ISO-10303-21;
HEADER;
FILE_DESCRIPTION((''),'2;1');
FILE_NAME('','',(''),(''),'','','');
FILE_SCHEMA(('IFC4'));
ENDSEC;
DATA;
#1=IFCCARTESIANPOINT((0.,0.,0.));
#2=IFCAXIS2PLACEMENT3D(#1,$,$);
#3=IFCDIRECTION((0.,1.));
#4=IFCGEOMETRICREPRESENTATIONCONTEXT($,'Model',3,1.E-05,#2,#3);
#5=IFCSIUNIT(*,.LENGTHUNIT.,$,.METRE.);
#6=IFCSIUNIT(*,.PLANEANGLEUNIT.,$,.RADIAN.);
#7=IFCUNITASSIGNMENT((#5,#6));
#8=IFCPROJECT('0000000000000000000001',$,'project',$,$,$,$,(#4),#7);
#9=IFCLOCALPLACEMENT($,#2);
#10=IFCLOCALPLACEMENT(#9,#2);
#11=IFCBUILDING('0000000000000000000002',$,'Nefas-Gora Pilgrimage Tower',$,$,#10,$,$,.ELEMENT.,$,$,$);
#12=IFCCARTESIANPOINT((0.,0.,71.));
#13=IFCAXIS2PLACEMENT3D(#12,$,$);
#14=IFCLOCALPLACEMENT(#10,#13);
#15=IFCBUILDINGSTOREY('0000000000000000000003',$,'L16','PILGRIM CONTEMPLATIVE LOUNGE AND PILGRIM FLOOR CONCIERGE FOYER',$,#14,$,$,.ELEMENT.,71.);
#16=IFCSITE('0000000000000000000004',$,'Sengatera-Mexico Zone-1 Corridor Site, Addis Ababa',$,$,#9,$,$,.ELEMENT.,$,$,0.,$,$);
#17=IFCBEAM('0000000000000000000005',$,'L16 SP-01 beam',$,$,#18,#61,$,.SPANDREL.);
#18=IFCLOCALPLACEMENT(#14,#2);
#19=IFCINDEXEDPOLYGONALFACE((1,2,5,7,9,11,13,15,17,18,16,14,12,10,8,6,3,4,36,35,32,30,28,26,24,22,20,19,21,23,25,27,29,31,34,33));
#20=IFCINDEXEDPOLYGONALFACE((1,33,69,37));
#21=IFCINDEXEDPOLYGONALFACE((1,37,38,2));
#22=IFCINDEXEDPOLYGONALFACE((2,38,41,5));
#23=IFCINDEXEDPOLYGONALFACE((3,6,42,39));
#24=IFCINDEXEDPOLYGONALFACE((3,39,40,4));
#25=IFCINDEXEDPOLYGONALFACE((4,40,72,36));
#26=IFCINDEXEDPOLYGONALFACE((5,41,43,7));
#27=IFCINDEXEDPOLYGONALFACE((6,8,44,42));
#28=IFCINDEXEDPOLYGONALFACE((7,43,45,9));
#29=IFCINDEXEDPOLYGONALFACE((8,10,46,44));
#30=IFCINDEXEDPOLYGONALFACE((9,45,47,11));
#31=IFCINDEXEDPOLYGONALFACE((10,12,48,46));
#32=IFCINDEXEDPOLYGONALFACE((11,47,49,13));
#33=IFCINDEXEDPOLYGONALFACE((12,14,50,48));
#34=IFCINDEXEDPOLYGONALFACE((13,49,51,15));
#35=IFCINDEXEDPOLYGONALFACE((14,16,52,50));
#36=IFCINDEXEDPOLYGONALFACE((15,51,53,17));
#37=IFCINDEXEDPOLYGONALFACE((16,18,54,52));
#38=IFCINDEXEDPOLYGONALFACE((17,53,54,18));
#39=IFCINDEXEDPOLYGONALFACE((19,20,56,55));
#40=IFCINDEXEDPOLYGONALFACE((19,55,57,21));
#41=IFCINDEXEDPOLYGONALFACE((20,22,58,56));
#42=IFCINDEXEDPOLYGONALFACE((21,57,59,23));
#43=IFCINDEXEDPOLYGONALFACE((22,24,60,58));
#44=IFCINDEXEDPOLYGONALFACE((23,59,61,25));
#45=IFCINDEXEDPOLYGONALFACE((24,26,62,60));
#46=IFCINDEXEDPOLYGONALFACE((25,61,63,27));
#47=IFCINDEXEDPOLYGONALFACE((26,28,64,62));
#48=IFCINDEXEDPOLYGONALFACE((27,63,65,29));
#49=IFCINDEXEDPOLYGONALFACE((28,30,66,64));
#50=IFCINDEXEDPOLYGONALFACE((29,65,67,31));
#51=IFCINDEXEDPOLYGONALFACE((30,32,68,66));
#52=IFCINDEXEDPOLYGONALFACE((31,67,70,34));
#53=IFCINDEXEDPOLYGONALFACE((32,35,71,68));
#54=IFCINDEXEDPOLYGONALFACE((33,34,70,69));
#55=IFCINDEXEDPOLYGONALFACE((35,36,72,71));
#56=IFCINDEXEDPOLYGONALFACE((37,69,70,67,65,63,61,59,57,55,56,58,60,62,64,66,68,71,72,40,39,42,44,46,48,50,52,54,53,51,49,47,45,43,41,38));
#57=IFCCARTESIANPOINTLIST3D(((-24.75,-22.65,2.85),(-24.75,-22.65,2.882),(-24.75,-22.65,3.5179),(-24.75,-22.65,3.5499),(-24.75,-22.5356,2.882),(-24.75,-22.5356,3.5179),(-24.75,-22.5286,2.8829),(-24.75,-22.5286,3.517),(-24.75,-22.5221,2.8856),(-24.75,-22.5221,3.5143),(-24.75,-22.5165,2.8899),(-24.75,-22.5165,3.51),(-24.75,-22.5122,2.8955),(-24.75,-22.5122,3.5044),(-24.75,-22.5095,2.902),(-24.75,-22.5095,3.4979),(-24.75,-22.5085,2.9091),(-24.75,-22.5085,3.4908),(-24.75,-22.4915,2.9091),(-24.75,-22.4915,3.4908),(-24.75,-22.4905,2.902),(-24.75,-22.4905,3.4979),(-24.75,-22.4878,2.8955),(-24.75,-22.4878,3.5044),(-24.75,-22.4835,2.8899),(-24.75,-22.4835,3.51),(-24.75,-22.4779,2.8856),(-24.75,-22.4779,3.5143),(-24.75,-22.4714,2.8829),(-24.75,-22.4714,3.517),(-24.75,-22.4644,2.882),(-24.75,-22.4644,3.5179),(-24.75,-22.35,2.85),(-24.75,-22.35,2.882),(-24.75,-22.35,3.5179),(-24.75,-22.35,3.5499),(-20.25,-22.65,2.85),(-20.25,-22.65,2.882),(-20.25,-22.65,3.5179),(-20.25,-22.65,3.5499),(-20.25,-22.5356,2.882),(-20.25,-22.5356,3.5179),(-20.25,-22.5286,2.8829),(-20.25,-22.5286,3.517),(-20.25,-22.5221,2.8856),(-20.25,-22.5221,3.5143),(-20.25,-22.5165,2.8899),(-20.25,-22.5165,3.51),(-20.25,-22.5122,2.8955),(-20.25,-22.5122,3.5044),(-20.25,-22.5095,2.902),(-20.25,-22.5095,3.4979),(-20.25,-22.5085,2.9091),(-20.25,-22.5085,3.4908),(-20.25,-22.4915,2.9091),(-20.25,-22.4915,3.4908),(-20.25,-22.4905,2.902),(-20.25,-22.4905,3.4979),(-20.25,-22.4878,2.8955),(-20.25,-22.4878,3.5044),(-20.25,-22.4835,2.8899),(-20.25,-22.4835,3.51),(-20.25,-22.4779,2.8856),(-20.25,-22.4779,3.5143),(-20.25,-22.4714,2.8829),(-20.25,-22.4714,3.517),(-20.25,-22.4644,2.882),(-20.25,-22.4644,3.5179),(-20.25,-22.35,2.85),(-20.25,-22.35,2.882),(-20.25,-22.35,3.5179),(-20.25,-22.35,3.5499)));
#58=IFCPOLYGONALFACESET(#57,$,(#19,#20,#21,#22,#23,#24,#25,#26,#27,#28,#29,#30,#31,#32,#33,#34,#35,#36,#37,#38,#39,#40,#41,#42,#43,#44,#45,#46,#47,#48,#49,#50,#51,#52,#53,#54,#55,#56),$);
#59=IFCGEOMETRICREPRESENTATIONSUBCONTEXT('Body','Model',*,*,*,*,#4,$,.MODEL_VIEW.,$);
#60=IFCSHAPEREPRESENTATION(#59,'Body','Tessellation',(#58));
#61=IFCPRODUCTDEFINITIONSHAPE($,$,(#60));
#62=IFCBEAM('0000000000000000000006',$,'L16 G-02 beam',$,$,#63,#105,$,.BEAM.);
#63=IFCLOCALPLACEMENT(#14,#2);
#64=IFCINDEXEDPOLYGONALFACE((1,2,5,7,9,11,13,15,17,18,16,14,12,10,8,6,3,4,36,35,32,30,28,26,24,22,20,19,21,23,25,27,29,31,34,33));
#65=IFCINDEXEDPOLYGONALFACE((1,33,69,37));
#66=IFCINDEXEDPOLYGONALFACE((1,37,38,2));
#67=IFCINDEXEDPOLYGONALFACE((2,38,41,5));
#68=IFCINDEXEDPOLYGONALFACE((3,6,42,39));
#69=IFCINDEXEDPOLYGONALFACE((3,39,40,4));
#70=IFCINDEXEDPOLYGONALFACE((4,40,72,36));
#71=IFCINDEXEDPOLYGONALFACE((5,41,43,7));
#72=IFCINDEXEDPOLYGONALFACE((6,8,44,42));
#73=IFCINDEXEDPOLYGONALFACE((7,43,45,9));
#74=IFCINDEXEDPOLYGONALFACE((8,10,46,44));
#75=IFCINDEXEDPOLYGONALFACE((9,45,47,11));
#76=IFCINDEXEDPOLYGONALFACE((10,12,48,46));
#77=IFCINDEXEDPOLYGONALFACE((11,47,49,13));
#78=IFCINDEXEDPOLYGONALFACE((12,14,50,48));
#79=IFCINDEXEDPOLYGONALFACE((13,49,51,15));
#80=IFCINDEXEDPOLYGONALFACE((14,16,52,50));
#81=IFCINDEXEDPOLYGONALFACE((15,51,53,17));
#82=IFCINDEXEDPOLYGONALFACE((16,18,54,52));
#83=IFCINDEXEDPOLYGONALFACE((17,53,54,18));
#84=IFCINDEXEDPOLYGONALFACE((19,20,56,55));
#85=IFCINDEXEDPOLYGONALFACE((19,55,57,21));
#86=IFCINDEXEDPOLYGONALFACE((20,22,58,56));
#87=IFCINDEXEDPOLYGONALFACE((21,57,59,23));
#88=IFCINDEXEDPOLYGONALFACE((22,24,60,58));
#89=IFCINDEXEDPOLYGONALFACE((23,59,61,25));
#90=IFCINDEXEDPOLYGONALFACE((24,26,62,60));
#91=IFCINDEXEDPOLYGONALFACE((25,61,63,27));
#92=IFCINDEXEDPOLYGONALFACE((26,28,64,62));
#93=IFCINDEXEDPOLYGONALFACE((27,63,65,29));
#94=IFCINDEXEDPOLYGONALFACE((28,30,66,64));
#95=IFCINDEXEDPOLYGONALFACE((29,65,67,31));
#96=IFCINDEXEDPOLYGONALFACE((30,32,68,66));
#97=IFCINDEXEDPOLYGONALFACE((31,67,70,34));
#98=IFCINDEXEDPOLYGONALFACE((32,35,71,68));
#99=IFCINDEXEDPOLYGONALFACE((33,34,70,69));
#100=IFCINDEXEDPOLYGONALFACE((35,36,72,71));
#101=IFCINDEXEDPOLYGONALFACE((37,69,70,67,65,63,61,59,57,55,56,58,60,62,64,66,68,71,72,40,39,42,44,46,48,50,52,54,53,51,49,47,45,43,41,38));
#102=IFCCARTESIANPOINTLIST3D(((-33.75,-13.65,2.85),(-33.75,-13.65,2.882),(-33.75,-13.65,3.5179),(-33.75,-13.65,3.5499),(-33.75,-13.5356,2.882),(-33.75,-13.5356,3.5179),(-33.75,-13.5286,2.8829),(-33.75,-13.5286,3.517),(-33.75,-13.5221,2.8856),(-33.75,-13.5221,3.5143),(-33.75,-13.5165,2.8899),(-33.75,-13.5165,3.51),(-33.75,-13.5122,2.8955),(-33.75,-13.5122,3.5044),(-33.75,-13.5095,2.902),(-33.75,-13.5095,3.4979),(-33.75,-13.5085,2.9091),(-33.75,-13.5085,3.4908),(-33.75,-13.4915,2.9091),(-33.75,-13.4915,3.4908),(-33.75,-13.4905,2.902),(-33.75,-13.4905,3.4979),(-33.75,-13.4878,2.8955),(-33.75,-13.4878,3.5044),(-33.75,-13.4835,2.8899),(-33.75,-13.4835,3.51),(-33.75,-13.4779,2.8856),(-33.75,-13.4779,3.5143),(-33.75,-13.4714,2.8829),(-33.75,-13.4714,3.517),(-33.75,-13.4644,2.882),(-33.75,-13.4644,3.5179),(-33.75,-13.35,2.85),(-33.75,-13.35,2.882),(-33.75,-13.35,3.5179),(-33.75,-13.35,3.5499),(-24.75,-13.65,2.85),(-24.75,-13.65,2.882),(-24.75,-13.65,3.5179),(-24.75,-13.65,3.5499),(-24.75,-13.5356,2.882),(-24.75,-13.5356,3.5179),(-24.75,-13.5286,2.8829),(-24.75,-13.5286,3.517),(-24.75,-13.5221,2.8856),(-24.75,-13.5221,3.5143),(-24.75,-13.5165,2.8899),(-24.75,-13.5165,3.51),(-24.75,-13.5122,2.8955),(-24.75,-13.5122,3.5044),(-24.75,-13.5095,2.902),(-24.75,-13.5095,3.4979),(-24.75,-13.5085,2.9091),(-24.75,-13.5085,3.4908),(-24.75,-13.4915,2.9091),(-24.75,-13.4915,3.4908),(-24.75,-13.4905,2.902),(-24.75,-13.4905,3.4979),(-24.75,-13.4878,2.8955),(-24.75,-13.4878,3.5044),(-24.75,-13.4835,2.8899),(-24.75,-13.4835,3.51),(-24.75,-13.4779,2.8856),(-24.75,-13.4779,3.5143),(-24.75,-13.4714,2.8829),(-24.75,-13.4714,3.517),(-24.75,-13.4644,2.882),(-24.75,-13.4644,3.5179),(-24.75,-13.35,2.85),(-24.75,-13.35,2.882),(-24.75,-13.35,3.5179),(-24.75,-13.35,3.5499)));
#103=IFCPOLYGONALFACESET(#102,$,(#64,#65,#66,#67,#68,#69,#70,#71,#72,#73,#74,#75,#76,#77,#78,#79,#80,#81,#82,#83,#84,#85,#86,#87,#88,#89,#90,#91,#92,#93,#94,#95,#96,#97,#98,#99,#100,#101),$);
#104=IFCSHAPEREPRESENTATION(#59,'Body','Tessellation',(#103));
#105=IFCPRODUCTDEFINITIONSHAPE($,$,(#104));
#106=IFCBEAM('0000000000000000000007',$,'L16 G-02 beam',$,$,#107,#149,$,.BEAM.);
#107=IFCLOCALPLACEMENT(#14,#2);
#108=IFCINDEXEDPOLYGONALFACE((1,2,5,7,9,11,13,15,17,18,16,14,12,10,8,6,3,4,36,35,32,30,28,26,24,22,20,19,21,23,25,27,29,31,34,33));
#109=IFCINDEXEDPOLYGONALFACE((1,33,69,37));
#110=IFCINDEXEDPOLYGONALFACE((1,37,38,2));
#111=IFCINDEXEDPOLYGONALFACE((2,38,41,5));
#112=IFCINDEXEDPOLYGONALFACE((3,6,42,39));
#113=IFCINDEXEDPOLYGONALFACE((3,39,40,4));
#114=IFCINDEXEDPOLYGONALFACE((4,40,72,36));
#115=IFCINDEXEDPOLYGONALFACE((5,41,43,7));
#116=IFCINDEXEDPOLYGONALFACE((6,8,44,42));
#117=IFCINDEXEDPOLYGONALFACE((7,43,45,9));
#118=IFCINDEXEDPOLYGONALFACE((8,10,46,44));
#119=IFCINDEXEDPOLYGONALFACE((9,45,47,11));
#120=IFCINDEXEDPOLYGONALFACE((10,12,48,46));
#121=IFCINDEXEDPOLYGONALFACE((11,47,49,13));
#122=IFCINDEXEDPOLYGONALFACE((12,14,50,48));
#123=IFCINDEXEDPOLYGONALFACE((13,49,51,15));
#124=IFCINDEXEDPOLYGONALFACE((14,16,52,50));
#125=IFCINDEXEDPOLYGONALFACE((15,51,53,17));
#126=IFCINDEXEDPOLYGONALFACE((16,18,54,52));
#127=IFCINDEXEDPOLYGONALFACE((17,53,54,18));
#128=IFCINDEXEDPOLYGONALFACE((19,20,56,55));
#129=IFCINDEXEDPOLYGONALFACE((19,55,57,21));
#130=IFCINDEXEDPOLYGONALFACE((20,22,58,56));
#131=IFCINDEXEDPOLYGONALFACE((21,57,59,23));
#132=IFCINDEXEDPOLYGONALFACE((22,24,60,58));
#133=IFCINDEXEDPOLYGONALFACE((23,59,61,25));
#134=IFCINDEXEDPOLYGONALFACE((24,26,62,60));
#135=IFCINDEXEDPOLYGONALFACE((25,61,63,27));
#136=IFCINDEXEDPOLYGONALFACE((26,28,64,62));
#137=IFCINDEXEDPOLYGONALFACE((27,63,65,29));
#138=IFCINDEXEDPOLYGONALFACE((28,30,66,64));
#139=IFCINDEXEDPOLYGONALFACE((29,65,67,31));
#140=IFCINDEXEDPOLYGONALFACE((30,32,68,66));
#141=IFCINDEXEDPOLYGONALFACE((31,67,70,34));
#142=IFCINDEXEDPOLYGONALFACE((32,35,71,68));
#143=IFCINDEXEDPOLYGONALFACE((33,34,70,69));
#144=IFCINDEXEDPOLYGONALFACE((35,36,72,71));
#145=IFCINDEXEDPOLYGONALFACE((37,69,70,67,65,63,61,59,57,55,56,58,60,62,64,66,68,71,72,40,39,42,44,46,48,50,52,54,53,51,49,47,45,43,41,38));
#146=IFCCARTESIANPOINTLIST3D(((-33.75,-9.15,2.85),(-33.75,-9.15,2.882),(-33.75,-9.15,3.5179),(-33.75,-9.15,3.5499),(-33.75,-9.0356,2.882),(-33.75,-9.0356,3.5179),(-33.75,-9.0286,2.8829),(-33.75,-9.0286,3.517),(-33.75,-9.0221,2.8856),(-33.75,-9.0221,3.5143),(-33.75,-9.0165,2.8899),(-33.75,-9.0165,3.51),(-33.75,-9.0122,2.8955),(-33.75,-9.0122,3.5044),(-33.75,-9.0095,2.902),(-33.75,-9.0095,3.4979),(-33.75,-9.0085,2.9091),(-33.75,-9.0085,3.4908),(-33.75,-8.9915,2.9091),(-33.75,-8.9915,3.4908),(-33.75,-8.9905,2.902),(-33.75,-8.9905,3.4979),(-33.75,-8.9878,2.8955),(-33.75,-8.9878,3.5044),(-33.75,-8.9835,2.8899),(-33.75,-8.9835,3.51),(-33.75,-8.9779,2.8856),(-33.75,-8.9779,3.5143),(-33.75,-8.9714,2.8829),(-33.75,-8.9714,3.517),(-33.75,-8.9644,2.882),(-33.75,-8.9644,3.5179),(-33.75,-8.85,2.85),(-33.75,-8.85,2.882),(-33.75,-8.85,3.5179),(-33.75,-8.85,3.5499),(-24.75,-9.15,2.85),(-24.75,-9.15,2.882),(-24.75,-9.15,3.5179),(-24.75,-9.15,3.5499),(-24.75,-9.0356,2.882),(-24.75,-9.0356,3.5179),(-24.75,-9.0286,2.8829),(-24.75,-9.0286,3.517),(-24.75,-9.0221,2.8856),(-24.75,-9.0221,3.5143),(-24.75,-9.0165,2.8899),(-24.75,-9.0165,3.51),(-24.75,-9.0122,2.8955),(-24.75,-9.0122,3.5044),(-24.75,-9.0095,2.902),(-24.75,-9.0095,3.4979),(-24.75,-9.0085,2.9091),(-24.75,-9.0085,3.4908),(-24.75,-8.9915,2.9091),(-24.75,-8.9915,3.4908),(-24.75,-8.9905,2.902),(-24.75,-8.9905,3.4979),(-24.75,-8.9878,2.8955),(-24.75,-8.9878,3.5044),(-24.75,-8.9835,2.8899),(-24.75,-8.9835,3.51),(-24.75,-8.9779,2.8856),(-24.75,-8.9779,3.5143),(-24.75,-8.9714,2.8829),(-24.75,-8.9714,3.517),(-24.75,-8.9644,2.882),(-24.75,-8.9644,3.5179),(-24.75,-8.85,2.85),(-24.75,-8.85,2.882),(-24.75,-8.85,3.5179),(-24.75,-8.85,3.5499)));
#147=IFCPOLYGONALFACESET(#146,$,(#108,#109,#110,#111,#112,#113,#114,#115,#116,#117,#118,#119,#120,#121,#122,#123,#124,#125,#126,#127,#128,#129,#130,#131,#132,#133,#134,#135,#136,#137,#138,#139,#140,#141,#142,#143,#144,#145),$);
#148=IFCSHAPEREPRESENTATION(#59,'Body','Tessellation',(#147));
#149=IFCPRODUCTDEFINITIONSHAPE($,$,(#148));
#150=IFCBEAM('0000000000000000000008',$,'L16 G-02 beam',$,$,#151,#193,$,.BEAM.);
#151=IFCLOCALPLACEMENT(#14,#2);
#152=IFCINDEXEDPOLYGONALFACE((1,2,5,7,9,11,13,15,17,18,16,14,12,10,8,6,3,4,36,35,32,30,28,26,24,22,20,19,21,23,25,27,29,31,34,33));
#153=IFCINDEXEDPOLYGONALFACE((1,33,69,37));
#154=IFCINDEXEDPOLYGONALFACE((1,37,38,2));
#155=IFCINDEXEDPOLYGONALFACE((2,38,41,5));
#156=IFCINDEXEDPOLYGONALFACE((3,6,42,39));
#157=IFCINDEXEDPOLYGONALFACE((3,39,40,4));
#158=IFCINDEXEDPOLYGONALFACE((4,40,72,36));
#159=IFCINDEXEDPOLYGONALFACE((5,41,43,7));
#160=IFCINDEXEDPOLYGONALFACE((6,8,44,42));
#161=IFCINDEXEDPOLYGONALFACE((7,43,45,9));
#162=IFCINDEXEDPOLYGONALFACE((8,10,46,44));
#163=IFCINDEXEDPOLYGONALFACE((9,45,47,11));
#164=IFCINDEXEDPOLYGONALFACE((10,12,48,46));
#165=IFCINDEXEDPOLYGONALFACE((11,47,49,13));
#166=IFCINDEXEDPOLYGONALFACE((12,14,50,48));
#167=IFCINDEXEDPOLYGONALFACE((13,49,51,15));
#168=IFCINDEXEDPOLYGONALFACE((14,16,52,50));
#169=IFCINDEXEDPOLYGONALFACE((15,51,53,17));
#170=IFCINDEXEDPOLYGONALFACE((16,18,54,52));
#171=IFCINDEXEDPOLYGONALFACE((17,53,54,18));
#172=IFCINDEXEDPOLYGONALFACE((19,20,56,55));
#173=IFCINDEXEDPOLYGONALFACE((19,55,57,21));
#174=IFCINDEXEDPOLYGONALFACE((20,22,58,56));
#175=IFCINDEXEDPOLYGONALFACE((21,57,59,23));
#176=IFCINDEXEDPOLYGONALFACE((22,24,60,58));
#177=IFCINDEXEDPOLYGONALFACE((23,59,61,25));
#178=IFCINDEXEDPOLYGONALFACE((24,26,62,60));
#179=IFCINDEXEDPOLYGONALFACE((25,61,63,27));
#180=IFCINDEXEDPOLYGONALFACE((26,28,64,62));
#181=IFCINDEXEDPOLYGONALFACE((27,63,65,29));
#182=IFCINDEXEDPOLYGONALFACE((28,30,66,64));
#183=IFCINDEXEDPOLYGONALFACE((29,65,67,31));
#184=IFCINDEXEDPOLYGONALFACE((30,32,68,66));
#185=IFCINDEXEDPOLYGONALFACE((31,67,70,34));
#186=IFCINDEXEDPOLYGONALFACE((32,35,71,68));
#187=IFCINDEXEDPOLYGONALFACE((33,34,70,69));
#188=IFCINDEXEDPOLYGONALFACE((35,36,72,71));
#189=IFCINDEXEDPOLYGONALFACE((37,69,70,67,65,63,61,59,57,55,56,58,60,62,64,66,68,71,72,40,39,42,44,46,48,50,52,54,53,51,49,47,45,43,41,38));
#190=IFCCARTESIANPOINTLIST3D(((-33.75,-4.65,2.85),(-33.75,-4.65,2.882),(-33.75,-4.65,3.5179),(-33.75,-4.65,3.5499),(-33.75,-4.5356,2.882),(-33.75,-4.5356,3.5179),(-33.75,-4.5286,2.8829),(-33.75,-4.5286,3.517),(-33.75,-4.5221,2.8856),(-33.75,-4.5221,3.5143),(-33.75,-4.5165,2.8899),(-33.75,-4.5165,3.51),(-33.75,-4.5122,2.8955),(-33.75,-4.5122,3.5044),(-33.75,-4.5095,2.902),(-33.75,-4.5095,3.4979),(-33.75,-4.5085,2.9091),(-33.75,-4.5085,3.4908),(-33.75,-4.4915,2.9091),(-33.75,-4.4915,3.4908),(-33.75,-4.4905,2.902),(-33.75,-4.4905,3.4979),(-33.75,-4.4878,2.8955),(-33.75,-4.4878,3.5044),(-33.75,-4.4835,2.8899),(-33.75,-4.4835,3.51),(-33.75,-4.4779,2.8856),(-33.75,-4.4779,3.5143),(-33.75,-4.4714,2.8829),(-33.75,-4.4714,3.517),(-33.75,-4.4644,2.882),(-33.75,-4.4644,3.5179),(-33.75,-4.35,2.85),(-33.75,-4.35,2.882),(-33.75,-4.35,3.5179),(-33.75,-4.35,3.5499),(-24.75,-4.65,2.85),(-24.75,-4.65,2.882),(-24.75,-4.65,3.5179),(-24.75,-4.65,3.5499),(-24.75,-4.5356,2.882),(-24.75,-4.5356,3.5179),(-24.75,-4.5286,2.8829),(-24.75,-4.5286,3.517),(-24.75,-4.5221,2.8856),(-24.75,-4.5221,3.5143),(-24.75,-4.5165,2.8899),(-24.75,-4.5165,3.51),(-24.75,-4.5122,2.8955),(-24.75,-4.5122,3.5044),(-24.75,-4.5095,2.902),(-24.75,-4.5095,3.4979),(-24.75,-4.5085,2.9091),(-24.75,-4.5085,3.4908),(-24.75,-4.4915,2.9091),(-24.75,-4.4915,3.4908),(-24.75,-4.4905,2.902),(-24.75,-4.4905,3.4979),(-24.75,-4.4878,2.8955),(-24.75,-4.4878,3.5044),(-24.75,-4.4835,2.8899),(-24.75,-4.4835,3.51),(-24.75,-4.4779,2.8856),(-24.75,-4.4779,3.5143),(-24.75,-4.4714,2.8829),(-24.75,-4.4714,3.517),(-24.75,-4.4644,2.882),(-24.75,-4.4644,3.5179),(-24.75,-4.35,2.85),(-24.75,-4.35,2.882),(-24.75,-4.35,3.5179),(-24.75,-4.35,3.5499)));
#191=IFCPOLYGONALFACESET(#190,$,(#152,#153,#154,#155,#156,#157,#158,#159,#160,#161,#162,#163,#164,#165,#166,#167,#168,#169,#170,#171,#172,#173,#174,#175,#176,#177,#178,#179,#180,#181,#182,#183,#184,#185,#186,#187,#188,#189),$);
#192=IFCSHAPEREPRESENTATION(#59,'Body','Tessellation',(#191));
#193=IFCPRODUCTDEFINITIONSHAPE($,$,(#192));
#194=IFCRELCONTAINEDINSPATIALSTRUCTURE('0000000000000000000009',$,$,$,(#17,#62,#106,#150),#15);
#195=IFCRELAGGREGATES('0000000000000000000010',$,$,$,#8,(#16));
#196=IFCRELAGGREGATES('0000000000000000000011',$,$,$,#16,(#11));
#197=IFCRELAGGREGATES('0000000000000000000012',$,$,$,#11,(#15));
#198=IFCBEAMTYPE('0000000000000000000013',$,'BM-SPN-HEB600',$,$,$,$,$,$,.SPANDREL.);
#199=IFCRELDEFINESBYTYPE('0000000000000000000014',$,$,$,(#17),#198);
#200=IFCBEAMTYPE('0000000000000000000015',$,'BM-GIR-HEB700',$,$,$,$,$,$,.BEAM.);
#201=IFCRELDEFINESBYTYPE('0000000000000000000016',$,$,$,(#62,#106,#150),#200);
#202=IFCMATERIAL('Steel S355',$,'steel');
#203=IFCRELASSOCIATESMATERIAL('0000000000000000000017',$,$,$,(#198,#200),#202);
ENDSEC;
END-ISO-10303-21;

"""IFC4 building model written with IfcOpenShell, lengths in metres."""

from ifc_helpers import new_model, si_unit, direction, frame, origin, origin_2d, place, context, subcontext, project, spatial, i_section, extrude, source, transform, mapped, material, material_profile, profile_set, type_object, element, save


model = new_model("IFC4")

# Units and contexts
model_context = context("Model", 3, precision=1e-05, world=origin(), true_north=direction((0.0, 1.0)))
body_context = subcontext(model_context, "Body", "Model", "MODEL_VIEW")
ifc_project = project(units=[si_unit("LENGTHUNIT", "METRE"), si_unit("PLANEANGLEUNIT", "RADIAN")], contexts=[model_context])

# Site, building, storey
site_placement = place(None, origin())
site = spatial("IfcSite", under=ifc_project, at=site_placement, Name="Sengatera-Mexico Zone-1 Corridor Site, Addis Ababa", CompositionType="ELEMENT", RefElevation=0.0)
building_placement = place(site_placement, origin())
building = spatial("IfcBuilding", under=site, at=building_placement, Name="Nefas-Gora Pilgrimage Tower", CompositionType="ELEMENT")
storey_placement = place(building_placement, frame((0.0, 0.0, 71.0)))
storey = spatial("IfcBuildingStorey", under=building, at=storey_placement, Name="L16", Description="PILGRIM CONTEMPLATIVE LOUNGE AND PILGRIM FLOOR CONCIERGE FOYER", CompositionType="ELEMENT", Elevation=71.0)

# Beams
ifc_material_1 = material(Name="Steel S355", Category="steel")
ifc_material_profile_1 = material_profile(ifc_material_1, i_section(OverallWidth=0.3, OverallDepth=0.7, WebThickness=0.0171, FlangeThickness=0.032, FilletRadius=0.0271, at=origin_2d()), Name="HEB 700")
ifc_profile_set_1 = profile_set([ifc_material_profile_1], Name="Steel S355")
beam_type_1 = type_object("IfcBeamType", Name="BM-SPN-HEB600", PredefinedType="SPANDREL", material=ifc_profile_set_1)
shared_shape_1 = source(origin(), body_context, "Body", "SweptSolid", [
    extrude(i_section(OverallWidth=0.3, OverallDepth=0.7, WebThickness=0.0171, FlangeThickness=0.032, FilletRadius=0.0271, at=origin_2d()), origin(), (0.0, 0.0, 1.0), 4.5),
])
for number, where, z_axis, x_axis, name in (
    (1, (-24.75, -22.5, 3.2), (1.0, 0.0, 0.0), (0.0, 1.0, 0.0), "L16 SP-01 beam"),
):
    element("IfcBeam", number, at=place(storey_placement, frame(where, z_axis=z_axis, x_axis=x_axis)), inside=storey, type_object=beam_type_1, Name=name, PredefinedType="SPANDREL", context=body_context, shape_type="MappedRepresentation", body=[
        mapped(shared_shape_1, transform((0.0, 0.0, 0.0), x_axis=(1.0, 0.0, 0.0), y_axis=(0.0, 1.0, 0.0), z_axis=(0.0, 0.0, 1.0), scale=1.0)),
    ])
ifc_material_profile_2 = material_profile(ifc_material_1, i_section(OverallWidth=0.3, OverallDepth=0.7, WebThickness=0.0171, FlangeThickness=0.032, FilletRadius=0.0271, at=origin_2d()), Name="HEB 700")
ifc_profile_set_2 = profile_set([ifc_material_profile_2], Name="Steel S355")
beam_type_2 = type_object("IfcBeamType", Name="BM-GIR-HEB700", PredefinedType="BEAM", material=ifc_profile_set_2)
shared_shape_2 = source(origin(), body_context, "Body", "SweptSolid", [
    extrude(i_section(OverallWidth=0.3, OverallDepth=0.7, WebThickness=0.0171, FlangeThickness=0.032, FilletRadius=0.0271, at=origin_2d()), origin(), (0.0, 0.0, 1.0), 9.0),
])
for number, where, z_axis, x_axis, name in (
    (2, (-33.75, -13.5, 3.2), (1.0, 0.0, 0.0), (0.0, 1.0, 0.0), "L16 G-02 beam"),
    (3, (-33.75, -9.0, 3.2), (1.0, 0.0, 0.0), (0.0, 1.0, 0.0), "L16 G-02 beam"),
    (4, (-33.75, -4.5, 3.2), (1.0, 0.0, 0.0), (0.0, 1.0, 0.0), "L16 G-02 beam"),
):
    element("IfcBeam", number, at=place(storey_placement, frame(where, z_axis=z_axis, x_axis=x_axis)), inside=storey, type_object=beam_type_2, Name=name, PredefinedType="BEAM", context=body_context, shape_type="MappedRepresentation", body=[
        mapped(shared_shape_2, transform((0.0, 0.0, 0.0), x_axis=(1.0, 0.0, 0.0), y_axis=(0.0, 1.0, 0.0), z_axis=(0.0, 0.0, 1.0), scale=1.0)),
    ])

save(model, "model.ifc")
